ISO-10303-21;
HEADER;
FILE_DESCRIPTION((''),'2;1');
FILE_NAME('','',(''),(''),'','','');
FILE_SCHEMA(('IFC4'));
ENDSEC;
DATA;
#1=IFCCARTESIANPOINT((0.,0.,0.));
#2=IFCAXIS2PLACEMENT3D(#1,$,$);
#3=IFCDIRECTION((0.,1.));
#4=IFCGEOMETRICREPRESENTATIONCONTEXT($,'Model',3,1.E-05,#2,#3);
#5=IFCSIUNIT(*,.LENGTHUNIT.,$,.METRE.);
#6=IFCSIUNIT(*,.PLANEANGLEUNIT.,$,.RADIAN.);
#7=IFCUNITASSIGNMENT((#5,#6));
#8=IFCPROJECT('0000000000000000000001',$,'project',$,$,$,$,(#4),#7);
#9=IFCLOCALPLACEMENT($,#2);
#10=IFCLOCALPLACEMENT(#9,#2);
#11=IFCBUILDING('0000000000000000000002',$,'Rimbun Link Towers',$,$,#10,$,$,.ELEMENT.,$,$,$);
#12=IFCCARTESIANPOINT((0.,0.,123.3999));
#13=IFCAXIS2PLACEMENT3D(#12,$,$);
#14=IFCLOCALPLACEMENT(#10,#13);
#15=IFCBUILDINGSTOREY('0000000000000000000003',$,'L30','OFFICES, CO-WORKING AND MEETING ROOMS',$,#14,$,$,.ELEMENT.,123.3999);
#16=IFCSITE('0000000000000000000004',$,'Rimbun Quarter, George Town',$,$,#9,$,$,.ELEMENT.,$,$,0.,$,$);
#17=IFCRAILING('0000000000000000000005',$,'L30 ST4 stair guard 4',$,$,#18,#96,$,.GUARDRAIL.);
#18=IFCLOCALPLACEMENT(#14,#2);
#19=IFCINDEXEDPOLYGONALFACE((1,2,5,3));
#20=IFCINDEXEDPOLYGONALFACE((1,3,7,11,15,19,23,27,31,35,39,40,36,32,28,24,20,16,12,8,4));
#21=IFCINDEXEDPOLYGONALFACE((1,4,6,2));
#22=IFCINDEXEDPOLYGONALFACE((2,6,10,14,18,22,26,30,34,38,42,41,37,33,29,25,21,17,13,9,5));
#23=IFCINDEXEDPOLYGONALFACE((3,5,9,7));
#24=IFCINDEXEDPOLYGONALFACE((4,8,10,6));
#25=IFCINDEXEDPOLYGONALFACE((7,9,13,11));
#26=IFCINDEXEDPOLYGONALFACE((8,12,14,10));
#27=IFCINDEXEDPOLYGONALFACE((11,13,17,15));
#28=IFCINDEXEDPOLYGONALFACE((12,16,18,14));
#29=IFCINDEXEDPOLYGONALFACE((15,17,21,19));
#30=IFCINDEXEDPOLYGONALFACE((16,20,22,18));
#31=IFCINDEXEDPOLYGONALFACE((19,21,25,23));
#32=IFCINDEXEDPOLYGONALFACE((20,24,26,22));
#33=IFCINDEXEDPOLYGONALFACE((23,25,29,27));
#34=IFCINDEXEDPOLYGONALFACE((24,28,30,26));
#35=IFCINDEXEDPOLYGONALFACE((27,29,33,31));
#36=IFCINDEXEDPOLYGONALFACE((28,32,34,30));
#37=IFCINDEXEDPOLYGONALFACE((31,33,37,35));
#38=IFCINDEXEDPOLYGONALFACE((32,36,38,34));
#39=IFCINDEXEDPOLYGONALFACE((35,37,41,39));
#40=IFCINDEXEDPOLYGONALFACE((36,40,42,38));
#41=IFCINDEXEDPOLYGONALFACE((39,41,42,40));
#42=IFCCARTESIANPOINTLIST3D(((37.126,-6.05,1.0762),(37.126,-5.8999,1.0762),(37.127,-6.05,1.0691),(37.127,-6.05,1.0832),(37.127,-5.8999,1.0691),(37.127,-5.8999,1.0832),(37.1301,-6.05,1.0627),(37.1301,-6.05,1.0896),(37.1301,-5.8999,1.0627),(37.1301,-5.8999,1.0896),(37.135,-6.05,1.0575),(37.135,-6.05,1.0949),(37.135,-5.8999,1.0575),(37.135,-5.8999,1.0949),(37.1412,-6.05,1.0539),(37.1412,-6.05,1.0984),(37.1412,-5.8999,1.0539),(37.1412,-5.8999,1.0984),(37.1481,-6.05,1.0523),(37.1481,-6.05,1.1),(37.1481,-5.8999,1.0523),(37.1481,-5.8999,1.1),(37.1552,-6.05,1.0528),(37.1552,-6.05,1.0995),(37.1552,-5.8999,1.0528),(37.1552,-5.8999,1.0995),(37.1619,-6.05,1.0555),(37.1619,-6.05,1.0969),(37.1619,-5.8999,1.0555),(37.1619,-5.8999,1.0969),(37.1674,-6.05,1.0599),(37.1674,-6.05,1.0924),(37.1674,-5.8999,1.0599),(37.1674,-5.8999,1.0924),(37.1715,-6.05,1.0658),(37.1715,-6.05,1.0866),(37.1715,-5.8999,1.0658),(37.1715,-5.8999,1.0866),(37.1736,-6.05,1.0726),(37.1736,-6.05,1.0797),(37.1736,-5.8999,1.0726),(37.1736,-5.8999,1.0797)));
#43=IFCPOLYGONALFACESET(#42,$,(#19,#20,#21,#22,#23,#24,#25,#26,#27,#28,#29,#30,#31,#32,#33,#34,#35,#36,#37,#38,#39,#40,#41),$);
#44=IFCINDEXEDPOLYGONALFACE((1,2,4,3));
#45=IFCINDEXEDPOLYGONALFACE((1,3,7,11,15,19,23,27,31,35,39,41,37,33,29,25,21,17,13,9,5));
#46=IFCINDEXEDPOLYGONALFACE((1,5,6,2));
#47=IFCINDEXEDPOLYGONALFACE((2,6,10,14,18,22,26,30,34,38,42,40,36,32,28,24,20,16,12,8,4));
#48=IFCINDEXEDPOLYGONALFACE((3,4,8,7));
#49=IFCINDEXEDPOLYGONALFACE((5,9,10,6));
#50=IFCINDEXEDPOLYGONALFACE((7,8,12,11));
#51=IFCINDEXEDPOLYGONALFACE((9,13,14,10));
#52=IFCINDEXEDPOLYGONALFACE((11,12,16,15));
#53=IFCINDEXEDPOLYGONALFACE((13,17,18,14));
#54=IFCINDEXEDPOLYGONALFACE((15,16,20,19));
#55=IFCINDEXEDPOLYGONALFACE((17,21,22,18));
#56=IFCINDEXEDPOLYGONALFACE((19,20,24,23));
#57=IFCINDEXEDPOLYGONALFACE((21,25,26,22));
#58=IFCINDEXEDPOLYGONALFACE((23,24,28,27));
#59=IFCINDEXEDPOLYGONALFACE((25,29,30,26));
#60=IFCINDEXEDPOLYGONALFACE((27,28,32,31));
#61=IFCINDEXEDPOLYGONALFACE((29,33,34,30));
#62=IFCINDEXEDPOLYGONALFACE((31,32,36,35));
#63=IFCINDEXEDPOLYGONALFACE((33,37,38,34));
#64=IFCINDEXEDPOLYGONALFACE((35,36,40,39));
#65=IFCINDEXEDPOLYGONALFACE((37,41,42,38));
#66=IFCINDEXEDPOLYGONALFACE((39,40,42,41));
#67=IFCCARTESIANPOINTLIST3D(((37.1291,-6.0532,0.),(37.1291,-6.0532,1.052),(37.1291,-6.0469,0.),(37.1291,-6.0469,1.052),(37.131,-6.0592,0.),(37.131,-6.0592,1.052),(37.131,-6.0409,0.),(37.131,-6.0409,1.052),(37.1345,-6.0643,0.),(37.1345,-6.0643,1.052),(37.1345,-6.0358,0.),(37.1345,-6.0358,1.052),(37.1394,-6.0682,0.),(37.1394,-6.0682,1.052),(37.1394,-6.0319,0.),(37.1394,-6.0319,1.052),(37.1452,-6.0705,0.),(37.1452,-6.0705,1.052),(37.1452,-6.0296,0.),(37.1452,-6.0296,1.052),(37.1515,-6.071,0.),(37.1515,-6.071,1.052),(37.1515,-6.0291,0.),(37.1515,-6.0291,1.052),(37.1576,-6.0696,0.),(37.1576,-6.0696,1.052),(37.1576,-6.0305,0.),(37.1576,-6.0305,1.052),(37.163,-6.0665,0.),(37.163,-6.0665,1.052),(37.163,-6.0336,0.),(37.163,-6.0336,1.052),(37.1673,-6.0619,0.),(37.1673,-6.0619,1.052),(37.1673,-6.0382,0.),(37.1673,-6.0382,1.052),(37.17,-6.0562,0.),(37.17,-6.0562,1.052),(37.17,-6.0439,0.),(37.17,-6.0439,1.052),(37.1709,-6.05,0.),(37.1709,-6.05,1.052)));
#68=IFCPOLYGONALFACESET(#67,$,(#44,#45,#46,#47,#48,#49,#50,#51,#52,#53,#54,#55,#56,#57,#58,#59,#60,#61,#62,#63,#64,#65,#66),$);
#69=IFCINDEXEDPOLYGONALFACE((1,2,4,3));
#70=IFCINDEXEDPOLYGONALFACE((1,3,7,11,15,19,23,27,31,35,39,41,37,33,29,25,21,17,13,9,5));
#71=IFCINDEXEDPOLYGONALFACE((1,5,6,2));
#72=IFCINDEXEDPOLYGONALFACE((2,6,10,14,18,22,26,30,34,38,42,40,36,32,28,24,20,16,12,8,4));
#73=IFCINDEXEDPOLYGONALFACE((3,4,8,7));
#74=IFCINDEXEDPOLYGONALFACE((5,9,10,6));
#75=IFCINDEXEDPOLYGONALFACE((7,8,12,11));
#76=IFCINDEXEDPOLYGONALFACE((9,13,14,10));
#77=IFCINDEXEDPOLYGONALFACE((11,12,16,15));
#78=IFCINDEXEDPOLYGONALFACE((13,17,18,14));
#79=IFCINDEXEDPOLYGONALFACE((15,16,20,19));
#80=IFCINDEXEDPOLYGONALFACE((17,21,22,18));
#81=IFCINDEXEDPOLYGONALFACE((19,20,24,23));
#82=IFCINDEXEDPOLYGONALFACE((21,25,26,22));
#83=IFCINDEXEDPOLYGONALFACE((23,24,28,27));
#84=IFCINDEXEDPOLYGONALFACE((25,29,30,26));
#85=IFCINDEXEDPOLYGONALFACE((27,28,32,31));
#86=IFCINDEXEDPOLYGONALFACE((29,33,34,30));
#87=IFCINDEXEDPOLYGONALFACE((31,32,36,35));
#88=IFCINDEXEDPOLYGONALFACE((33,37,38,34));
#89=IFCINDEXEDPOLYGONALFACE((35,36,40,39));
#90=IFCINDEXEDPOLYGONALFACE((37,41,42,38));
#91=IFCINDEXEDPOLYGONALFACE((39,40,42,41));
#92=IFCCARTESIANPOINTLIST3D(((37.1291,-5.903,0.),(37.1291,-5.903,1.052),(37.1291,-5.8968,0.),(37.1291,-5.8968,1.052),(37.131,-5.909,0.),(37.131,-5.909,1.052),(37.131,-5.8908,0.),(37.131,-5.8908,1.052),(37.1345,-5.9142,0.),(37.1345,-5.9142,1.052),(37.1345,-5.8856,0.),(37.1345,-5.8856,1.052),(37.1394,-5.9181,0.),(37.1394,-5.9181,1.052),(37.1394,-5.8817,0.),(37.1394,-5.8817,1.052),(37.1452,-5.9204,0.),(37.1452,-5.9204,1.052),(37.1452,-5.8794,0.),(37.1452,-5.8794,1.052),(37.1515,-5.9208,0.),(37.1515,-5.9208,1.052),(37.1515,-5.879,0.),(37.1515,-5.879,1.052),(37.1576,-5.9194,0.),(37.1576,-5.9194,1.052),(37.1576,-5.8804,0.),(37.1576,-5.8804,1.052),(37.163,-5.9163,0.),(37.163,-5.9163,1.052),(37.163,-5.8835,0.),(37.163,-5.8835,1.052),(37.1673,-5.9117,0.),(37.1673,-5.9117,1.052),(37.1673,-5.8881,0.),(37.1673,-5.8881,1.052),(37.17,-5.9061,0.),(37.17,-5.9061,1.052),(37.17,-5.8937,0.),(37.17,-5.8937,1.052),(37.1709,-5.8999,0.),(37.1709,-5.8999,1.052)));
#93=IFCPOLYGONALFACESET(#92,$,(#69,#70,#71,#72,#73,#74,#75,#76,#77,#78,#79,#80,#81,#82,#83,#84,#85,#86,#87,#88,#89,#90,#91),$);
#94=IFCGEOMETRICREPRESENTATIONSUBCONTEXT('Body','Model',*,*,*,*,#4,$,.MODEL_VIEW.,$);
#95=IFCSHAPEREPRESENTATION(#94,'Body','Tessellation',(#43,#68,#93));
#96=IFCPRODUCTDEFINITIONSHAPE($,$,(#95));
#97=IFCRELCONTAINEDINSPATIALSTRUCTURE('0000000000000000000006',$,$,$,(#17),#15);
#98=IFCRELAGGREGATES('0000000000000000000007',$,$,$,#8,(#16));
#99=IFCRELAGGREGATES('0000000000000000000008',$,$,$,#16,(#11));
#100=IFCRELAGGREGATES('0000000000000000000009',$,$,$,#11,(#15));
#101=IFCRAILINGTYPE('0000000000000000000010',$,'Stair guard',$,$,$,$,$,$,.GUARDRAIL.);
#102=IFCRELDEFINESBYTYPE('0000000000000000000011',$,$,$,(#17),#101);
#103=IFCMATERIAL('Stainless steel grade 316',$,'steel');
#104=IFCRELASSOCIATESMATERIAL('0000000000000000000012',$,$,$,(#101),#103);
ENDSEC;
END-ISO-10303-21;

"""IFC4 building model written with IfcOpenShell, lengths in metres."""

from ifc_helpers import new_model, si_unit, direction, frame, origin, origin_2d, place, context, subcontext, project, spatial, circle, extrude, material, type_object, element, save


model = new_model("IFC4")

# Units and contexts
model_context = context("Model", 3, precision=1e-05, world=origin(), true_north=direction((0.0, 1.0)))
body_context = subcontext(model_context, "Body", "Model", "MODEL_VIEW")
ifc_project = project(units=[si_unit("LENGTHUNIT", "METRE"), si_unit("PLANEANGLEUNIT", "RADIAN")], contexts=[model_context])

# Site, building, storey
site_placement = place(None, origin())
site = spatial("IfcSite", under=ifc_project, at=site_placement, Name="Rimbun Quarter, George Town", CompositionType="ELEMENT", RefElevation=0.0)
building_placement = place(site_placement, origin())
building = spatial("IfcBuilding", under=site, at=building_placement, Name="Rimbun Link Towers", CompositionType="ELEMENT")
storey_placement = place(building_placement, frame((0.0, 0.0, 123.3999)))
storey = spatial("IfcBuildingStorey", under=building, at=storey_placement, Name="L30", Description="OFFICES, CO-WORKING AND MEETING ROOMS", CompositionType="ELEMENT", Elevation=123.3999)

# Railing
ifc_material_1 = material(Name="Stainless steel grade 316", Category="steel")
railing_type_1 = type_object("IfcRailingType", Name="Stair guard", PredefinedType="GUARDRAIL", material=ifc_material_1)
railing_1_placement = place(storey_placement, frame((37.1499, -6.05, 0.0)))
element("IfcRailing", 1, at=railing_1_placement, inside=storey, type_object=railing_type_1, Name="L30 ST4 stair guard 4", PredefinedType="GUARDRAIL", context=body_context, shape_type="SweptSolid", body=[
    extrude(circle(Radius=0.0239, at=origin_2d()), frame((0.0, 0.0, 1.0762), z_axis=(0.0, 1.0, 0.0), x_axis=(-1.0, 0.0, 0.0)), (0.0, 0.0, 1.0), 0.1501),
    extrude(circle(Radius=0.021, at=origin_2d()), origin(), (0.0, 0.0, 1.0), 1.052),
    extrude(circle(Radius=0.021, at=origin_2d()), frame((0.0, 0.1501, 0.0)), (0.0, 0.0, 1.0), 1.052),
])

save(model, "model.ifc")
